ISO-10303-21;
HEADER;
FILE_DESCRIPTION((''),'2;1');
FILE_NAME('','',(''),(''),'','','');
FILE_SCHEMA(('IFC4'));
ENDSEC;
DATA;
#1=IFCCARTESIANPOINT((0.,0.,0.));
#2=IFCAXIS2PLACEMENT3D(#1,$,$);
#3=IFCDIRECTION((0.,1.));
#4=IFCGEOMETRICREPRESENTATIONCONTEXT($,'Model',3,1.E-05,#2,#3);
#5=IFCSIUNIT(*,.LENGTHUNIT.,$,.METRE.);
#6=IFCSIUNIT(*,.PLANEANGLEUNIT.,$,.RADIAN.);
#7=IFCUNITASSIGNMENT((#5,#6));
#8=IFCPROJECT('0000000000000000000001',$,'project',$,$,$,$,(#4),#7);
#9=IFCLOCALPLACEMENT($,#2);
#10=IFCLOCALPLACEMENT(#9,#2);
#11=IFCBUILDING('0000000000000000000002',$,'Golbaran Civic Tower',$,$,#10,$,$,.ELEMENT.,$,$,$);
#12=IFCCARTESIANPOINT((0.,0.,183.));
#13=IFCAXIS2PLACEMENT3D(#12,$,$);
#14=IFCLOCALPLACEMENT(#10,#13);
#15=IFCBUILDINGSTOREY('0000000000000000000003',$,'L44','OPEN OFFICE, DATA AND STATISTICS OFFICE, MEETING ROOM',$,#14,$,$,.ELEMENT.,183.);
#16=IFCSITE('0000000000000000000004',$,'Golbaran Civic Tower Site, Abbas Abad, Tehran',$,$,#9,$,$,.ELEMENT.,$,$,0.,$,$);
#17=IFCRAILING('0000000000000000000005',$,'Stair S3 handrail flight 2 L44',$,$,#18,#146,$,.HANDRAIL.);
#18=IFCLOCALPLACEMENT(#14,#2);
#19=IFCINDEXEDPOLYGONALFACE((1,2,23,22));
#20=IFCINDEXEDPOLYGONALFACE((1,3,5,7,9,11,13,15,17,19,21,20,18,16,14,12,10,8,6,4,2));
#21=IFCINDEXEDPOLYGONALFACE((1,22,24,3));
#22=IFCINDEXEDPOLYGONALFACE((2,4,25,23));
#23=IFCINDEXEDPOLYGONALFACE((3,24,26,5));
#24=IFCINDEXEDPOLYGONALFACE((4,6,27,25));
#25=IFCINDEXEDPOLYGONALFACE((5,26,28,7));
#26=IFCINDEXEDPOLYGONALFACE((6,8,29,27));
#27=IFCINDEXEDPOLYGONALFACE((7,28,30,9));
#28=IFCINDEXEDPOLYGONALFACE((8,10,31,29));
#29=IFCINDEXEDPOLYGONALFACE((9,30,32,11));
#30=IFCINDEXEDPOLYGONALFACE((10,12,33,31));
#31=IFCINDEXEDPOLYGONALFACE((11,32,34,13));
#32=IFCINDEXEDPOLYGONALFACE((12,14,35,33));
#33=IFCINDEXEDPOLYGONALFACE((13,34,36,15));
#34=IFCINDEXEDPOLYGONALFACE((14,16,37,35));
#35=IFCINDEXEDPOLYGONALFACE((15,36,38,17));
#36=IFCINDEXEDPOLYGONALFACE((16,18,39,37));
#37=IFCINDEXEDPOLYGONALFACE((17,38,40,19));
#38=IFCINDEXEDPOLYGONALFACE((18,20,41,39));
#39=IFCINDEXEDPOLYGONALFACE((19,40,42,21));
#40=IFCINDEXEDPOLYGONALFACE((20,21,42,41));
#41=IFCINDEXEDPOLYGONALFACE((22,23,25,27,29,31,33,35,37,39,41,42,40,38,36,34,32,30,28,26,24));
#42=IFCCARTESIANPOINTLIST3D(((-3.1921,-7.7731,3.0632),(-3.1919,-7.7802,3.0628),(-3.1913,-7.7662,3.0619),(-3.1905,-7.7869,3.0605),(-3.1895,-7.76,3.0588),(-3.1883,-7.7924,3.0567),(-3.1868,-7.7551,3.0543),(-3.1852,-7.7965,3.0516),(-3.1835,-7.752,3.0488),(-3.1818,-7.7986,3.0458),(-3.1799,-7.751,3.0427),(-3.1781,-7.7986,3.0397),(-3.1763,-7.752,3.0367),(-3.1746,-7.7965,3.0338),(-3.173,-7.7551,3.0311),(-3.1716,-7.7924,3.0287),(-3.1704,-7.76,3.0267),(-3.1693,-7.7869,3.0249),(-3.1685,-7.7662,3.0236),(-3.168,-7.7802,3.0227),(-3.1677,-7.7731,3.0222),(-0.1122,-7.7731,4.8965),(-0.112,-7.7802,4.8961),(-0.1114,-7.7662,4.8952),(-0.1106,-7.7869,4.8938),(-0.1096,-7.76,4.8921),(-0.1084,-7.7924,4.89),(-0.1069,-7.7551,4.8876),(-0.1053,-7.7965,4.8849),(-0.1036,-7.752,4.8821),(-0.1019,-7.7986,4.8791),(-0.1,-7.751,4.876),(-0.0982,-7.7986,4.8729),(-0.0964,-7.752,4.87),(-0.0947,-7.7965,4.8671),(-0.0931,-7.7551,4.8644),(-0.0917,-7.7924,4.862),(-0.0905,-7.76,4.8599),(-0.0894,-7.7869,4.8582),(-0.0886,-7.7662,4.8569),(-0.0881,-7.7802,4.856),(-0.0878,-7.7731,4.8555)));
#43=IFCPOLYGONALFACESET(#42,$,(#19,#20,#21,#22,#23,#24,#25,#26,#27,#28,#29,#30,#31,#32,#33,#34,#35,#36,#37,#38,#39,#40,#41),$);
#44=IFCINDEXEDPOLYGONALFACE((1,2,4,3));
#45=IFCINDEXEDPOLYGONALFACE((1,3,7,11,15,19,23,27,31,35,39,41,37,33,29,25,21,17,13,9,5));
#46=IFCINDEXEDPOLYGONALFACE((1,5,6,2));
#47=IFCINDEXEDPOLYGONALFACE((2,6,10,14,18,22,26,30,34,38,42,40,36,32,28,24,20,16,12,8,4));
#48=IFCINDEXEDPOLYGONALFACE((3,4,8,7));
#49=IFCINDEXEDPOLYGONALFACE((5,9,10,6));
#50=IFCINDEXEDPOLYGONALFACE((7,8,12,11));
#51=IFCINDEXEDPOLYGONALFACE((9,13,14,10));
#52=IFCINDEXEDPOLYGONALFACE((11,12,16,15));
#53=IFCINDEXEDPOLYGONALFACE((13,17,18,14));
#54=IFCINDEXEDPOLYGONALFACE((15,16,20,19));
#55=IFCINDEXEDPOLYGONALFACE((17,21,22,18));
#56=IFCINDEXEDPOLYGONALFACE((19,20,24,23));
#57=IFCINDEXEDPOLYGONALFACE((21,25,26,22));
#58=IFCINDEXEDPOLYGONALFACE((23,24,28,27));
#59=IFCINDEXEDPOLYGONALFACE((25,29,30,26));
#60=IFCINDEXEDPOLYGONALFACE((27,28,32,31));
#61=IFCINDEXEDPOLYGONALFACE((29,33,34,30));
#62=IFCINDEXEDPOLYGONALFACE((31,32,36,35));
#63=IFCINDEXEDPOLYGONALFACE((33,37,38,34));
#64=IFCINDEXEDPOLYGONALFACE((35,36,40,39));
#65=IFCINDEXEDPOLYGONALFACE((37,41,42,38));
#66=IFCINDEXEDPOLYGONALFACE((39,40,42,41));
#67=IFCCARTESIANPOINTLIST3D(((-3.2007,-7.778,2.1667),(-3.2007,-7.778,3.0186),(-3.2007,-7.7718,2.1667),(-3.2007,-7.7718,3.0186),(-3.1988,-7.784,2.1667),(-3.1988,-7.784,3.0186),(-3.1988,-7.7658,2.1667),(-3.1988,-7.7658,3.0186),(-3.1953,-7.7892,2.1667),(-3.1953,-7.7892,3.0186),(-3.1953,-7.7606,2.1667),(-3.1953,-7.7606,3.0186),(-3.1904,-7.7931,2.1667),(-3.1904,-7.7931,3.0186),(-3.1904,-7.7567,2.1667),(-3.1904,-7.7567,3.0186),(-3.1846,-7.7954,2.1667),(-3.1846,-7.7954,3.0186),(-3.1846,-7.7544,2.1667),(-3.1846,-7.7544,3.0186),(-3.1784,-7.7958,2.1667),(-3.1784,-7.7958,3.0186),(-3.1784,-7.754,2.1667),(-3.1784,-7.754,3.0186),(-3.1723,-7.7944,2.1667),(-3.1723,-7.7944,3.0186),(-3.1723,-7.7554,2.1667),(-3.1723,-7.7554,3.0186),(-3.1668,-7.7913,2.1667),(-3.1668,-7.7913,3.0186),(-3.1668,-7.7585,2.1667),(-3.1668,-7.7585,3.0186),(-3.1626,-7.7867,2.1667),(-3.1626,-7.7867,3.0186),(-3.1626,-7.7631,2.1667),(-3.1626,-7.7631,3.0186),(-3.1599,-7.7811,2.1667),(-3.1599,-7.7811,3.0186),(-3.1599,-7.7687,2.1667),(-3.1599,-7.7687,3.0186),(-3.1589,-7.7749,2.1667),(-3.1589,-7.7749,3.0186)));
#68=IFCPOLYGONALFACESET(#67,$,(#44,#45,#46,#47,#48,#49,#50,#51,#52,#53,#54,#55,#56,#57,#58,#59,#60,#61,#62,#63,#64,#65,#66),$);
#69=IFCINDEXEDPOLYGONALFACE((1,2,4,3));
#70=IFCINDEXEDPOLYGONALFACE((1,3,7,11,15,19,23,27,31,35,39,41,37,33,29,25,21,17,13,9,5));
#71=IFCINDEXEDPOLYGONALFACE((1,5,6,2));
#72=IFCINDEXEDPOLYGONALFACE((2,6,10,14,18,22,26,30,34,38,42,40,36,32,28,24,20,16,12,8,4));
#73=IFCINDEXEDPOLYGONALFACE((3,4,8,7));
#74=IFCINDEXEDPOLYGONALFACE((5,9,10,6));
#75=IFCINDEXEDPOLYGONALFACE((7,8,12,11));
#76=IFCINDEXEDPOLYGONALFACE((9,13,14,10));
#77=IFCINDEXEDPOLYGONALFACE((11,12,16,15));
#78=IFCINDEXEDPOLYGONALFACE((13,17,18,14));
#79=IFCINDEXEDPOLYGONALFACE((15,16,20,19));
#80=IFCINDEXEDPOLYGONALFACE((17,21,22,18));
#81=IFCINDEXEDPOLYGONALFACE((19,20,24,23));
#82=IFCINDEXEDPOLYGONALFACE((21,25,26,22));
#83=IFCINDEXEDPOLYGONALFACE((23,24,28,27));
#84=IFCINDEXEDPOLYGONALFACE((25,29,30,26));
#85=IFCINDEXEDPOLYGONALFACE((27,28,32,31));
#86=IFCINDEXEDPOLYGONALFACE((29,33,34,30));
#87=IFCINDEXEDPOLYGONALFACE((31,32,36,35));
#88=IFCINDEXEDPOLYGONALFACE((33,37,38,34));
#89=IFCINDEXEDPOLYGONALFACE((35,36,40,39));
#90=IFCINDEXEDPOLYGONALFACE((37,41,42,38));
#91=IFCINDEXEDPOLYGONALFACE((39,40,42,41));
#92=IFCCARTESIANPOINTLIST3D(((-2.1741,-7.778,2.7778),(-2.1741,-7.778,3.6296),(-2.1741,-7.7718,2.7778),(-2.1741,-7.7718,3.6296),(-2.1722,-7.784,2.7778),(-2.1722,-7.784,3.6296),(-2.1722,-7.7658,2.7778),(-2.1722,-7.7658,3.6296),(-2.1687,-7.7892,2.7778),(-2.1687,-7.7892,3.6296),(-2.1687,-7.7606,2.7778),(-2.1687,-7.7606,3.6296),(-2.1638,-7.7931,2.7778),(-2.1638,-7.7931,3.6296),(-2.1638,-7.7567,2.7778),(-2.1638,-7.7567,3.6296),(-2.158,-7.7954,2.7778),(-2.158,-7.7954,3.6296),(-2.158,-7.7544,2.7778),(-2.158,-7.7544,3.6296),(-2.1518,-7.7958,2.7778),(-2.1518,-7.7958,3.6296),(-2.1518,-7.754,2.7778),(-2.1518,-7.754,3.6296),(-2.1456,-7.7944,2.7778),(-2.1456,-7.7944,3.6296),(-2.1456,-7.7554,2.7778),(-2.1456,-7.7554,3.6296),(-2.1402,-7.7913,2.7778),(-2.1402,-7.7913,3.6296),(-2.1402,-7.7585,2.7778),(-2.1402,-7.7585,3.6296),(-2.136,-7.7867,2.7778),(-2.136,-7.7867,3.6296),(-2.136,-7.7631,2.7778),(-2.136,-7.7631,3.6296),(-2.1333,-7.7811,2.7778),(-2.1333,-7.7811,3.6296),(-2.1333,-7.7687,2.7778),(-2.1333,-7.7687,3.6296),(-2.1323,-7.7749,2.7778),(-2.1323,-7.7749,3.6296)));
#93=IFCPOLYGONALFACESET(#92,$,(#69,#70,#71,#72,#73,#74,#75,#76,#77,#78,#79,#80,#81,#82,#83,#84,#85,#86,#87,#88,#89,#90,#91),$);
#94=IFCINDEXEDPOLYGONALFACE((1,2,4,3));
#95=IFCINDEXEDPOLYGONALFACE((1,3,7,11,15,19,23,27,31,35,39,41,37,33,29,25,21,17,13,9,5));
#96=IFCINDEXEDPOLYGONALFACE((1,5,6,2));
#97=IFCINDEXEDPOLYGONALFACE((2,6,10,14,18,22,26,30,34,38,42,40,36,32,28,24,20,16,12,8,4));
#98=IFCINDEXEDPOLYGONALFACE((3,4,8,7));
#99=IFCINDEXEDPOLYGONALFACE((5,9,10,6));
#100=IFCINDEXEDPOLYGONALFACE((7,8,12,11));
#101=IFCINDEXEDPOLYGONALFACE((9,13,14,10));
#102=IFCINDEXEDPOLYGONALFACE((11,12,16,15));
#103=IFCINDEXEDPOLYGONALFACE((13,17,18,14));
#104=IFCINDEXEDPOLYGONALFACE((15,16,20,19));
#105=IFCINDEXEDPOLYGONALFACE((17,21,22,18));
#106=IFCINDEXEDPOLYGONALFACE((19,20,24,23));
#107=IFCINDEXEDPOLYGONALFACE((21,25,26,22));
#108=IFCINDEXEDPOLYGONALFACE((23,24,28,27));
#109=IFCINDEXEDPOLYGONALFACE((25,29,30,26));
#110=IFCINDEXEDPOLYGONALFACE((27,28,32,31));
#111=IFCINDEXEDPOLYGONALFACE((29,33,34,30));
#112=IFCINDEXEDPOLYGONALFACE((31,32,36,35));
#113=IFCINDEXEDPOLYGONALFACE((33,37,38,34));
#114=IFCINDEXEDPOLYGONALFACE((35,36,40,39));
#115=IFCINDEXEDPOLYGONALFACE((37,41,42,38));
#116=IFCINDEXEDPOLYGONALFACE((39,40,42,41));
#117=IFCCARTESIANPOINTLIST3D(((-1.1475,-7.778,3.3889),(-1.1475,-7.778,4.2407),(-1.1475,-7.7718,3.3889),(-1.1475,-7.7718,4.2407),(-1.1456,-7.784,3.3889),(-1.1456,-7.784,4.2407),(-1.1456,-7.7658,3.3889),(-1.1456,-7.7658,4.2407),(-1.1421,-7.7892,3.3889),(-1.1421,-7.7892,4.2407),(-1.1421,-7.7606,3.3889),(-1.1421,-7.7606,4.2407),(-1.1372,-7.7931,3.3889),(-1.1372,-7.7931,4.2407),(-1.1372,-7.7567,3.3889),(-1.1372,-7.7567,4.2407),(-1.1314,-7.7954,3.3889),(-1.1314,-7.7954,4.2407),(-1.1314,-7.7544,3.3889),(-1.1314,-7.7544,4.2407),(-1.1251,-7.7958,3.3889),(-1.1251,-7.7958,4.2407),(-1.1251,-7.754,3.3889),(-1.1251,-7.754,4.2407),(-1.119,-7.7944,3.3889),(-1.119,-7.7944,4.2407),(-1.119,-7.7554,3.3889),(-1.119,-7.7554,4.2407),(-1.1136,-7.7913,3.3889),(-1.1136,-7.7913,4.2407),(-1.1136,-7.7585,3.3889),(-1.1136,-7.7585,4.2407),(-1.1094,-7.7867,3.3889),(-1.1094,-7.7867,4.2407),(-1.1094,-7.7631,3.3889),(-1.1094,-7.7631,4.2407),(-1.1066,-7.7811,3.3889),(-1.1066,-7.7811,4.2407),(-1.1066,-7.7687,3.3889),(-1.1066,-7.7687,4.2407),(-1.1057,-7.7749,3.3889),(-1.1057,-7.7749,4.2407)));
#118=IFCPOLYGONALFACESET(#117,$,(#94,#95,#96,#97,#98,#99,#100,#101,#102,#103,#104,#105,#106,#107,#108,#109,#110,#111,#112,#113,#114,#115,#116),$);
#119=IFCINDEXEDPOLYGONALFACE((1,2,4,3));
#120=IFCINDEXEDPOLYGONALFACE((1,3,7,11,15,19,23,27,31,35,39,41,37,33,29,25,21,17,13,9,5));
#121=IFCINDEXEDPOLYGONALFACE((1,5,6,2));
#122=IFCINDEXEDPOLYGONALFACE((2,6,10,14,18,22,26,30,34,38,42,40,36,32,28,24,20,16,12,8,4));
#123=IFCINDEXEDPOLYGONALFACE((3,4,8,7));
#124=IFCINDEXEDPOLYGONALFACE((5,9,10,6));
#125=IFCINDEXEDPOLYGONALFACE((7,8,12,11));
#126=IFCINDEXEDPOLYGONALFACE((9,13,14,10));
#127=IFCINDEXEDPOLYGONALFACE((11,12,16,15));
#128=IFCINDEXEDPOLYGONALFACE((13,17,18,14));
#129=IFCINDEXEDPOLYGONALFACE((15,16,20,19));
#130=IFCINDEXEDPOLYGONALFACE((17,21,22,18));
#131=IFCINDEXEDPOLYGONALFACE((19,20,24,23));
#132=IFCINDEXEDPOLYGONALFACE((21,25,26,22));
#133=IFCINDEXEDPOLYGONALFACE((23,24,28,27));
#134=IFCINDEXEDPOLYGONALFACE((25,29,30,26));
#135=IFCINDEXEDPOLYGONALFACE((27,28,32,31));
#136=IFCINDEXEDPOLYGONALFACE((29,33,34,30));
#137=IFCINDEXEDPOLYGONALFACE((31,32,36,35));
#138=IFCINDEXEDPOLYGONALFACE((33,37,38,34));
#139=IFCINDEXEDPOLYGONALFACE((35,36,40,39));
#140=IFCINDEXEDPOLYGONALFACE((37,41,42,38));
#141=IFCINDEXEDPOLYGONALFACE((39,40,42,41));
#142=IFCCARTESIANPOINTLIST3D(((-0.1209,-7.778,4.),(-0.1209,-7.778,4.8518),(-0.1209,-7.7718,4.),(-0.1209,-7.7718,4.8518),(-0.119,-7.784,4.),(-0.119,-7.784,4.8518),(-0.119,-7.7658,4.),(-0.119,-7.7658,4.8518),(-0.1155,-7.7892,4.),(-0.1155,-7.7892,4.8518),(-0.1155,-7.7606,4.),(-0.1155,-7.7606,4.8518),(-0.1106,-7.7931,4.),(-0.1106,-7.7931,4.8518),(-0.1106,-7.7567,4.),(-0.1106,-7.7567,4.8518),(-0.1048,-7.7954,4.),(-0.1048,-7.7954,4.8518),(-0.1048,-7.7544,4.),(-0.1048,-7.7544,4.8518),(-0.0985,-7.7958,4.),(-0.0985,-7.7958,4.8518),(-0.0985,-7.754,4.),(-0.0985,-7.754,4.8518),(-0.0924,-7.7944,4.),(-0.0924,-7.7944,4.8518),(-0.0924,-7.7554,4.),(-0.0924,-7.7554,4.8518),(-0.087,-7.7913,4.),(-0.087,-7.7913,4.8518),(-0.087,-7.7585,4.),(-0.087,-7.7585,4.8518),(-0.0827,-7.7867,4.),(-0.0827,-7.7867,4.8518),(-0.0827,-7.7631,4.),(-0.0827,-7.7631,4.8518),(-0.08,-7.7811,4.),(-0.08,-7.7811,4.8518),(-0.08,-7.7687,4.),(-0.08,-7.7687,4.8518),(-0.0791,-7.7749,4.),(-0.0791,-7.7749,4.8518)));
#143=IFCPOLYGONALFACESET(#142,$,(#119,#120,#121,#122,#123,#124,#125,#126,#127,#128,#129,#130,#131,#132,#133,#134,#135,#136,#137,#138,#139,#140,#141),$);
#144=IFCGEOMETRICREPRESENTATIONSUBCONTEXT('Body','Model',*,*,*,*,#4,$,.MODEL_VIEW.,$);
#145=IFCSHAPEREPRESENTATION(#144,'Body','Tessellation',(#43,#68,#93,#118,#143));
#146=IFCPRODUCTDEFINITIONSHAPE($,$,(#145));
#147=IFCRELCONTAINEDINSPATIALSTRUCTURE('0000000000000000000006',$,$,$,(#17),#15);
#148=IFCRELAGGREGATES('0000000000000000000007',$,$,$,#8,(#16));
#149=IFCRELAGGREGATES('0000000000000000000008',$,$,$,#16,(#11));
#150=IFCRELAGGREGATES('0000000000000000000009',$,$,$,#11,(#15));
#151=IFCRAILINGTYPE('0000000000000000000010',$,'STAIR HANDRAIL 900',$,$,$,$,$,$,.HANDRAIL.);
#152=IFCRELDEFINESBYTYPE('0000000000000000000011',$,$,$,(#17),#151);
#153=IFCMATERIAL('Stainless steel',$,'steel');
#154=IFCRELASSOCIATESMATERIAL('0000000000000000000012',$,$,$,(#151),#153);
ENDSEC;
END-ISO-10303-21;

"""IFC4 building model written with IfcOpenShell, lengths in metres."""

from ifc_helpers import new_model, si_unit, direction, frame, origin, origin_2d, place, context, subcontext, project, spatial, circle, extrude, material, type_object, element, save


model = new_model("IFC4")

# Units and contexts
model_context = context("Model", 3, precision=1e-05, world=origin(), true_north=direction((0.0, 1.0)))
body_context = subcontext(model_context, "Body", "Model", "MODEL_VIEW")
ifc_project = project(units=[si_unit("LENGTHUNIT", "METRE"), si_unit("PLANEANGLEUNIT", "RADIAN")], contexts=[model_context])

# Site, building, storey
site_placement = place(None, origin())
site = spatial("IfcSite", under=ifc_project, at=site_placement, Name="Golbaran Civic Tower Site, Abbas Abad, Tehran", CompositionType="ELEMENT", RefElevation=0.0)
building_placement = place(site_placement, origin())
building = spatial("IfcBuilding", under=site, at=building_placement, Name="Golbaran Civic Tower", CompositionType="ELEMENT")
storey_placement = place(building_placement, frame((0.0, 0.0, 183.0)))
storey = spatial("IfcBuildingStorey", under=building, at=storey_placement, Name="L44", Description="OPEN OFFICE, DATA AND STATISTICS OFFICE, MEETING ROOM", CompositionType="ELEMENT", Elevation=183.0)

# Shared definitions
ifc_material_1 = material(Name="Stainless steel", Category="steel")

# Railing
railing_type = type_object("IfcRailingType", Name="STAIR HANDRAIL 900", PredefinedType="HANDRAIL", material=ifc_material_1)
railing_1_placement = place(storey_placement, frame((-3.1799, -7.7749, 2.1667)))
element("IfcRailing", 1, at=railing_1_placement, inside=storey, type_object=railing_type, Name="Stair S3 handrail flight 2 L44", PredefinedType="HANDRAIL", context=body_context, shape_type="SweptSolid", body=[
    extrude(circle(Radius=0.0239, at=origin_2d()), frame((0.0, 0.0, 0.876), z_axis=(0.859291, 0.0, 0.511487), x_axis=(0.0, 1.0, 0.0)), (0.0, 0.0, 1.0), 3.5842),
    extrude(circle(Radius=0.021, at=origin_2d()), origin(), (0.0, 0.0, 1.0), 0.8518),
    extrude(circle(Radius=0.021, at=origin_2d()), frame((1.0266, 0.0, 0.6111)), (0.0, 0.0, 1.0), 0.8518),
    extrude(circle(Radius=0.021, at=origin_2d()), frame((2.0532, 0.0, 1.2222)), (0.0, 0.0, 1.0), 0.8518),
    extrude(circle(Radius=0.021, at=origin_2d()), frame((3.0798, 0.0, 1.8333)), (0.0, 0.0, 1.0), 0.8518),
])

save(model, "model.ifc")
